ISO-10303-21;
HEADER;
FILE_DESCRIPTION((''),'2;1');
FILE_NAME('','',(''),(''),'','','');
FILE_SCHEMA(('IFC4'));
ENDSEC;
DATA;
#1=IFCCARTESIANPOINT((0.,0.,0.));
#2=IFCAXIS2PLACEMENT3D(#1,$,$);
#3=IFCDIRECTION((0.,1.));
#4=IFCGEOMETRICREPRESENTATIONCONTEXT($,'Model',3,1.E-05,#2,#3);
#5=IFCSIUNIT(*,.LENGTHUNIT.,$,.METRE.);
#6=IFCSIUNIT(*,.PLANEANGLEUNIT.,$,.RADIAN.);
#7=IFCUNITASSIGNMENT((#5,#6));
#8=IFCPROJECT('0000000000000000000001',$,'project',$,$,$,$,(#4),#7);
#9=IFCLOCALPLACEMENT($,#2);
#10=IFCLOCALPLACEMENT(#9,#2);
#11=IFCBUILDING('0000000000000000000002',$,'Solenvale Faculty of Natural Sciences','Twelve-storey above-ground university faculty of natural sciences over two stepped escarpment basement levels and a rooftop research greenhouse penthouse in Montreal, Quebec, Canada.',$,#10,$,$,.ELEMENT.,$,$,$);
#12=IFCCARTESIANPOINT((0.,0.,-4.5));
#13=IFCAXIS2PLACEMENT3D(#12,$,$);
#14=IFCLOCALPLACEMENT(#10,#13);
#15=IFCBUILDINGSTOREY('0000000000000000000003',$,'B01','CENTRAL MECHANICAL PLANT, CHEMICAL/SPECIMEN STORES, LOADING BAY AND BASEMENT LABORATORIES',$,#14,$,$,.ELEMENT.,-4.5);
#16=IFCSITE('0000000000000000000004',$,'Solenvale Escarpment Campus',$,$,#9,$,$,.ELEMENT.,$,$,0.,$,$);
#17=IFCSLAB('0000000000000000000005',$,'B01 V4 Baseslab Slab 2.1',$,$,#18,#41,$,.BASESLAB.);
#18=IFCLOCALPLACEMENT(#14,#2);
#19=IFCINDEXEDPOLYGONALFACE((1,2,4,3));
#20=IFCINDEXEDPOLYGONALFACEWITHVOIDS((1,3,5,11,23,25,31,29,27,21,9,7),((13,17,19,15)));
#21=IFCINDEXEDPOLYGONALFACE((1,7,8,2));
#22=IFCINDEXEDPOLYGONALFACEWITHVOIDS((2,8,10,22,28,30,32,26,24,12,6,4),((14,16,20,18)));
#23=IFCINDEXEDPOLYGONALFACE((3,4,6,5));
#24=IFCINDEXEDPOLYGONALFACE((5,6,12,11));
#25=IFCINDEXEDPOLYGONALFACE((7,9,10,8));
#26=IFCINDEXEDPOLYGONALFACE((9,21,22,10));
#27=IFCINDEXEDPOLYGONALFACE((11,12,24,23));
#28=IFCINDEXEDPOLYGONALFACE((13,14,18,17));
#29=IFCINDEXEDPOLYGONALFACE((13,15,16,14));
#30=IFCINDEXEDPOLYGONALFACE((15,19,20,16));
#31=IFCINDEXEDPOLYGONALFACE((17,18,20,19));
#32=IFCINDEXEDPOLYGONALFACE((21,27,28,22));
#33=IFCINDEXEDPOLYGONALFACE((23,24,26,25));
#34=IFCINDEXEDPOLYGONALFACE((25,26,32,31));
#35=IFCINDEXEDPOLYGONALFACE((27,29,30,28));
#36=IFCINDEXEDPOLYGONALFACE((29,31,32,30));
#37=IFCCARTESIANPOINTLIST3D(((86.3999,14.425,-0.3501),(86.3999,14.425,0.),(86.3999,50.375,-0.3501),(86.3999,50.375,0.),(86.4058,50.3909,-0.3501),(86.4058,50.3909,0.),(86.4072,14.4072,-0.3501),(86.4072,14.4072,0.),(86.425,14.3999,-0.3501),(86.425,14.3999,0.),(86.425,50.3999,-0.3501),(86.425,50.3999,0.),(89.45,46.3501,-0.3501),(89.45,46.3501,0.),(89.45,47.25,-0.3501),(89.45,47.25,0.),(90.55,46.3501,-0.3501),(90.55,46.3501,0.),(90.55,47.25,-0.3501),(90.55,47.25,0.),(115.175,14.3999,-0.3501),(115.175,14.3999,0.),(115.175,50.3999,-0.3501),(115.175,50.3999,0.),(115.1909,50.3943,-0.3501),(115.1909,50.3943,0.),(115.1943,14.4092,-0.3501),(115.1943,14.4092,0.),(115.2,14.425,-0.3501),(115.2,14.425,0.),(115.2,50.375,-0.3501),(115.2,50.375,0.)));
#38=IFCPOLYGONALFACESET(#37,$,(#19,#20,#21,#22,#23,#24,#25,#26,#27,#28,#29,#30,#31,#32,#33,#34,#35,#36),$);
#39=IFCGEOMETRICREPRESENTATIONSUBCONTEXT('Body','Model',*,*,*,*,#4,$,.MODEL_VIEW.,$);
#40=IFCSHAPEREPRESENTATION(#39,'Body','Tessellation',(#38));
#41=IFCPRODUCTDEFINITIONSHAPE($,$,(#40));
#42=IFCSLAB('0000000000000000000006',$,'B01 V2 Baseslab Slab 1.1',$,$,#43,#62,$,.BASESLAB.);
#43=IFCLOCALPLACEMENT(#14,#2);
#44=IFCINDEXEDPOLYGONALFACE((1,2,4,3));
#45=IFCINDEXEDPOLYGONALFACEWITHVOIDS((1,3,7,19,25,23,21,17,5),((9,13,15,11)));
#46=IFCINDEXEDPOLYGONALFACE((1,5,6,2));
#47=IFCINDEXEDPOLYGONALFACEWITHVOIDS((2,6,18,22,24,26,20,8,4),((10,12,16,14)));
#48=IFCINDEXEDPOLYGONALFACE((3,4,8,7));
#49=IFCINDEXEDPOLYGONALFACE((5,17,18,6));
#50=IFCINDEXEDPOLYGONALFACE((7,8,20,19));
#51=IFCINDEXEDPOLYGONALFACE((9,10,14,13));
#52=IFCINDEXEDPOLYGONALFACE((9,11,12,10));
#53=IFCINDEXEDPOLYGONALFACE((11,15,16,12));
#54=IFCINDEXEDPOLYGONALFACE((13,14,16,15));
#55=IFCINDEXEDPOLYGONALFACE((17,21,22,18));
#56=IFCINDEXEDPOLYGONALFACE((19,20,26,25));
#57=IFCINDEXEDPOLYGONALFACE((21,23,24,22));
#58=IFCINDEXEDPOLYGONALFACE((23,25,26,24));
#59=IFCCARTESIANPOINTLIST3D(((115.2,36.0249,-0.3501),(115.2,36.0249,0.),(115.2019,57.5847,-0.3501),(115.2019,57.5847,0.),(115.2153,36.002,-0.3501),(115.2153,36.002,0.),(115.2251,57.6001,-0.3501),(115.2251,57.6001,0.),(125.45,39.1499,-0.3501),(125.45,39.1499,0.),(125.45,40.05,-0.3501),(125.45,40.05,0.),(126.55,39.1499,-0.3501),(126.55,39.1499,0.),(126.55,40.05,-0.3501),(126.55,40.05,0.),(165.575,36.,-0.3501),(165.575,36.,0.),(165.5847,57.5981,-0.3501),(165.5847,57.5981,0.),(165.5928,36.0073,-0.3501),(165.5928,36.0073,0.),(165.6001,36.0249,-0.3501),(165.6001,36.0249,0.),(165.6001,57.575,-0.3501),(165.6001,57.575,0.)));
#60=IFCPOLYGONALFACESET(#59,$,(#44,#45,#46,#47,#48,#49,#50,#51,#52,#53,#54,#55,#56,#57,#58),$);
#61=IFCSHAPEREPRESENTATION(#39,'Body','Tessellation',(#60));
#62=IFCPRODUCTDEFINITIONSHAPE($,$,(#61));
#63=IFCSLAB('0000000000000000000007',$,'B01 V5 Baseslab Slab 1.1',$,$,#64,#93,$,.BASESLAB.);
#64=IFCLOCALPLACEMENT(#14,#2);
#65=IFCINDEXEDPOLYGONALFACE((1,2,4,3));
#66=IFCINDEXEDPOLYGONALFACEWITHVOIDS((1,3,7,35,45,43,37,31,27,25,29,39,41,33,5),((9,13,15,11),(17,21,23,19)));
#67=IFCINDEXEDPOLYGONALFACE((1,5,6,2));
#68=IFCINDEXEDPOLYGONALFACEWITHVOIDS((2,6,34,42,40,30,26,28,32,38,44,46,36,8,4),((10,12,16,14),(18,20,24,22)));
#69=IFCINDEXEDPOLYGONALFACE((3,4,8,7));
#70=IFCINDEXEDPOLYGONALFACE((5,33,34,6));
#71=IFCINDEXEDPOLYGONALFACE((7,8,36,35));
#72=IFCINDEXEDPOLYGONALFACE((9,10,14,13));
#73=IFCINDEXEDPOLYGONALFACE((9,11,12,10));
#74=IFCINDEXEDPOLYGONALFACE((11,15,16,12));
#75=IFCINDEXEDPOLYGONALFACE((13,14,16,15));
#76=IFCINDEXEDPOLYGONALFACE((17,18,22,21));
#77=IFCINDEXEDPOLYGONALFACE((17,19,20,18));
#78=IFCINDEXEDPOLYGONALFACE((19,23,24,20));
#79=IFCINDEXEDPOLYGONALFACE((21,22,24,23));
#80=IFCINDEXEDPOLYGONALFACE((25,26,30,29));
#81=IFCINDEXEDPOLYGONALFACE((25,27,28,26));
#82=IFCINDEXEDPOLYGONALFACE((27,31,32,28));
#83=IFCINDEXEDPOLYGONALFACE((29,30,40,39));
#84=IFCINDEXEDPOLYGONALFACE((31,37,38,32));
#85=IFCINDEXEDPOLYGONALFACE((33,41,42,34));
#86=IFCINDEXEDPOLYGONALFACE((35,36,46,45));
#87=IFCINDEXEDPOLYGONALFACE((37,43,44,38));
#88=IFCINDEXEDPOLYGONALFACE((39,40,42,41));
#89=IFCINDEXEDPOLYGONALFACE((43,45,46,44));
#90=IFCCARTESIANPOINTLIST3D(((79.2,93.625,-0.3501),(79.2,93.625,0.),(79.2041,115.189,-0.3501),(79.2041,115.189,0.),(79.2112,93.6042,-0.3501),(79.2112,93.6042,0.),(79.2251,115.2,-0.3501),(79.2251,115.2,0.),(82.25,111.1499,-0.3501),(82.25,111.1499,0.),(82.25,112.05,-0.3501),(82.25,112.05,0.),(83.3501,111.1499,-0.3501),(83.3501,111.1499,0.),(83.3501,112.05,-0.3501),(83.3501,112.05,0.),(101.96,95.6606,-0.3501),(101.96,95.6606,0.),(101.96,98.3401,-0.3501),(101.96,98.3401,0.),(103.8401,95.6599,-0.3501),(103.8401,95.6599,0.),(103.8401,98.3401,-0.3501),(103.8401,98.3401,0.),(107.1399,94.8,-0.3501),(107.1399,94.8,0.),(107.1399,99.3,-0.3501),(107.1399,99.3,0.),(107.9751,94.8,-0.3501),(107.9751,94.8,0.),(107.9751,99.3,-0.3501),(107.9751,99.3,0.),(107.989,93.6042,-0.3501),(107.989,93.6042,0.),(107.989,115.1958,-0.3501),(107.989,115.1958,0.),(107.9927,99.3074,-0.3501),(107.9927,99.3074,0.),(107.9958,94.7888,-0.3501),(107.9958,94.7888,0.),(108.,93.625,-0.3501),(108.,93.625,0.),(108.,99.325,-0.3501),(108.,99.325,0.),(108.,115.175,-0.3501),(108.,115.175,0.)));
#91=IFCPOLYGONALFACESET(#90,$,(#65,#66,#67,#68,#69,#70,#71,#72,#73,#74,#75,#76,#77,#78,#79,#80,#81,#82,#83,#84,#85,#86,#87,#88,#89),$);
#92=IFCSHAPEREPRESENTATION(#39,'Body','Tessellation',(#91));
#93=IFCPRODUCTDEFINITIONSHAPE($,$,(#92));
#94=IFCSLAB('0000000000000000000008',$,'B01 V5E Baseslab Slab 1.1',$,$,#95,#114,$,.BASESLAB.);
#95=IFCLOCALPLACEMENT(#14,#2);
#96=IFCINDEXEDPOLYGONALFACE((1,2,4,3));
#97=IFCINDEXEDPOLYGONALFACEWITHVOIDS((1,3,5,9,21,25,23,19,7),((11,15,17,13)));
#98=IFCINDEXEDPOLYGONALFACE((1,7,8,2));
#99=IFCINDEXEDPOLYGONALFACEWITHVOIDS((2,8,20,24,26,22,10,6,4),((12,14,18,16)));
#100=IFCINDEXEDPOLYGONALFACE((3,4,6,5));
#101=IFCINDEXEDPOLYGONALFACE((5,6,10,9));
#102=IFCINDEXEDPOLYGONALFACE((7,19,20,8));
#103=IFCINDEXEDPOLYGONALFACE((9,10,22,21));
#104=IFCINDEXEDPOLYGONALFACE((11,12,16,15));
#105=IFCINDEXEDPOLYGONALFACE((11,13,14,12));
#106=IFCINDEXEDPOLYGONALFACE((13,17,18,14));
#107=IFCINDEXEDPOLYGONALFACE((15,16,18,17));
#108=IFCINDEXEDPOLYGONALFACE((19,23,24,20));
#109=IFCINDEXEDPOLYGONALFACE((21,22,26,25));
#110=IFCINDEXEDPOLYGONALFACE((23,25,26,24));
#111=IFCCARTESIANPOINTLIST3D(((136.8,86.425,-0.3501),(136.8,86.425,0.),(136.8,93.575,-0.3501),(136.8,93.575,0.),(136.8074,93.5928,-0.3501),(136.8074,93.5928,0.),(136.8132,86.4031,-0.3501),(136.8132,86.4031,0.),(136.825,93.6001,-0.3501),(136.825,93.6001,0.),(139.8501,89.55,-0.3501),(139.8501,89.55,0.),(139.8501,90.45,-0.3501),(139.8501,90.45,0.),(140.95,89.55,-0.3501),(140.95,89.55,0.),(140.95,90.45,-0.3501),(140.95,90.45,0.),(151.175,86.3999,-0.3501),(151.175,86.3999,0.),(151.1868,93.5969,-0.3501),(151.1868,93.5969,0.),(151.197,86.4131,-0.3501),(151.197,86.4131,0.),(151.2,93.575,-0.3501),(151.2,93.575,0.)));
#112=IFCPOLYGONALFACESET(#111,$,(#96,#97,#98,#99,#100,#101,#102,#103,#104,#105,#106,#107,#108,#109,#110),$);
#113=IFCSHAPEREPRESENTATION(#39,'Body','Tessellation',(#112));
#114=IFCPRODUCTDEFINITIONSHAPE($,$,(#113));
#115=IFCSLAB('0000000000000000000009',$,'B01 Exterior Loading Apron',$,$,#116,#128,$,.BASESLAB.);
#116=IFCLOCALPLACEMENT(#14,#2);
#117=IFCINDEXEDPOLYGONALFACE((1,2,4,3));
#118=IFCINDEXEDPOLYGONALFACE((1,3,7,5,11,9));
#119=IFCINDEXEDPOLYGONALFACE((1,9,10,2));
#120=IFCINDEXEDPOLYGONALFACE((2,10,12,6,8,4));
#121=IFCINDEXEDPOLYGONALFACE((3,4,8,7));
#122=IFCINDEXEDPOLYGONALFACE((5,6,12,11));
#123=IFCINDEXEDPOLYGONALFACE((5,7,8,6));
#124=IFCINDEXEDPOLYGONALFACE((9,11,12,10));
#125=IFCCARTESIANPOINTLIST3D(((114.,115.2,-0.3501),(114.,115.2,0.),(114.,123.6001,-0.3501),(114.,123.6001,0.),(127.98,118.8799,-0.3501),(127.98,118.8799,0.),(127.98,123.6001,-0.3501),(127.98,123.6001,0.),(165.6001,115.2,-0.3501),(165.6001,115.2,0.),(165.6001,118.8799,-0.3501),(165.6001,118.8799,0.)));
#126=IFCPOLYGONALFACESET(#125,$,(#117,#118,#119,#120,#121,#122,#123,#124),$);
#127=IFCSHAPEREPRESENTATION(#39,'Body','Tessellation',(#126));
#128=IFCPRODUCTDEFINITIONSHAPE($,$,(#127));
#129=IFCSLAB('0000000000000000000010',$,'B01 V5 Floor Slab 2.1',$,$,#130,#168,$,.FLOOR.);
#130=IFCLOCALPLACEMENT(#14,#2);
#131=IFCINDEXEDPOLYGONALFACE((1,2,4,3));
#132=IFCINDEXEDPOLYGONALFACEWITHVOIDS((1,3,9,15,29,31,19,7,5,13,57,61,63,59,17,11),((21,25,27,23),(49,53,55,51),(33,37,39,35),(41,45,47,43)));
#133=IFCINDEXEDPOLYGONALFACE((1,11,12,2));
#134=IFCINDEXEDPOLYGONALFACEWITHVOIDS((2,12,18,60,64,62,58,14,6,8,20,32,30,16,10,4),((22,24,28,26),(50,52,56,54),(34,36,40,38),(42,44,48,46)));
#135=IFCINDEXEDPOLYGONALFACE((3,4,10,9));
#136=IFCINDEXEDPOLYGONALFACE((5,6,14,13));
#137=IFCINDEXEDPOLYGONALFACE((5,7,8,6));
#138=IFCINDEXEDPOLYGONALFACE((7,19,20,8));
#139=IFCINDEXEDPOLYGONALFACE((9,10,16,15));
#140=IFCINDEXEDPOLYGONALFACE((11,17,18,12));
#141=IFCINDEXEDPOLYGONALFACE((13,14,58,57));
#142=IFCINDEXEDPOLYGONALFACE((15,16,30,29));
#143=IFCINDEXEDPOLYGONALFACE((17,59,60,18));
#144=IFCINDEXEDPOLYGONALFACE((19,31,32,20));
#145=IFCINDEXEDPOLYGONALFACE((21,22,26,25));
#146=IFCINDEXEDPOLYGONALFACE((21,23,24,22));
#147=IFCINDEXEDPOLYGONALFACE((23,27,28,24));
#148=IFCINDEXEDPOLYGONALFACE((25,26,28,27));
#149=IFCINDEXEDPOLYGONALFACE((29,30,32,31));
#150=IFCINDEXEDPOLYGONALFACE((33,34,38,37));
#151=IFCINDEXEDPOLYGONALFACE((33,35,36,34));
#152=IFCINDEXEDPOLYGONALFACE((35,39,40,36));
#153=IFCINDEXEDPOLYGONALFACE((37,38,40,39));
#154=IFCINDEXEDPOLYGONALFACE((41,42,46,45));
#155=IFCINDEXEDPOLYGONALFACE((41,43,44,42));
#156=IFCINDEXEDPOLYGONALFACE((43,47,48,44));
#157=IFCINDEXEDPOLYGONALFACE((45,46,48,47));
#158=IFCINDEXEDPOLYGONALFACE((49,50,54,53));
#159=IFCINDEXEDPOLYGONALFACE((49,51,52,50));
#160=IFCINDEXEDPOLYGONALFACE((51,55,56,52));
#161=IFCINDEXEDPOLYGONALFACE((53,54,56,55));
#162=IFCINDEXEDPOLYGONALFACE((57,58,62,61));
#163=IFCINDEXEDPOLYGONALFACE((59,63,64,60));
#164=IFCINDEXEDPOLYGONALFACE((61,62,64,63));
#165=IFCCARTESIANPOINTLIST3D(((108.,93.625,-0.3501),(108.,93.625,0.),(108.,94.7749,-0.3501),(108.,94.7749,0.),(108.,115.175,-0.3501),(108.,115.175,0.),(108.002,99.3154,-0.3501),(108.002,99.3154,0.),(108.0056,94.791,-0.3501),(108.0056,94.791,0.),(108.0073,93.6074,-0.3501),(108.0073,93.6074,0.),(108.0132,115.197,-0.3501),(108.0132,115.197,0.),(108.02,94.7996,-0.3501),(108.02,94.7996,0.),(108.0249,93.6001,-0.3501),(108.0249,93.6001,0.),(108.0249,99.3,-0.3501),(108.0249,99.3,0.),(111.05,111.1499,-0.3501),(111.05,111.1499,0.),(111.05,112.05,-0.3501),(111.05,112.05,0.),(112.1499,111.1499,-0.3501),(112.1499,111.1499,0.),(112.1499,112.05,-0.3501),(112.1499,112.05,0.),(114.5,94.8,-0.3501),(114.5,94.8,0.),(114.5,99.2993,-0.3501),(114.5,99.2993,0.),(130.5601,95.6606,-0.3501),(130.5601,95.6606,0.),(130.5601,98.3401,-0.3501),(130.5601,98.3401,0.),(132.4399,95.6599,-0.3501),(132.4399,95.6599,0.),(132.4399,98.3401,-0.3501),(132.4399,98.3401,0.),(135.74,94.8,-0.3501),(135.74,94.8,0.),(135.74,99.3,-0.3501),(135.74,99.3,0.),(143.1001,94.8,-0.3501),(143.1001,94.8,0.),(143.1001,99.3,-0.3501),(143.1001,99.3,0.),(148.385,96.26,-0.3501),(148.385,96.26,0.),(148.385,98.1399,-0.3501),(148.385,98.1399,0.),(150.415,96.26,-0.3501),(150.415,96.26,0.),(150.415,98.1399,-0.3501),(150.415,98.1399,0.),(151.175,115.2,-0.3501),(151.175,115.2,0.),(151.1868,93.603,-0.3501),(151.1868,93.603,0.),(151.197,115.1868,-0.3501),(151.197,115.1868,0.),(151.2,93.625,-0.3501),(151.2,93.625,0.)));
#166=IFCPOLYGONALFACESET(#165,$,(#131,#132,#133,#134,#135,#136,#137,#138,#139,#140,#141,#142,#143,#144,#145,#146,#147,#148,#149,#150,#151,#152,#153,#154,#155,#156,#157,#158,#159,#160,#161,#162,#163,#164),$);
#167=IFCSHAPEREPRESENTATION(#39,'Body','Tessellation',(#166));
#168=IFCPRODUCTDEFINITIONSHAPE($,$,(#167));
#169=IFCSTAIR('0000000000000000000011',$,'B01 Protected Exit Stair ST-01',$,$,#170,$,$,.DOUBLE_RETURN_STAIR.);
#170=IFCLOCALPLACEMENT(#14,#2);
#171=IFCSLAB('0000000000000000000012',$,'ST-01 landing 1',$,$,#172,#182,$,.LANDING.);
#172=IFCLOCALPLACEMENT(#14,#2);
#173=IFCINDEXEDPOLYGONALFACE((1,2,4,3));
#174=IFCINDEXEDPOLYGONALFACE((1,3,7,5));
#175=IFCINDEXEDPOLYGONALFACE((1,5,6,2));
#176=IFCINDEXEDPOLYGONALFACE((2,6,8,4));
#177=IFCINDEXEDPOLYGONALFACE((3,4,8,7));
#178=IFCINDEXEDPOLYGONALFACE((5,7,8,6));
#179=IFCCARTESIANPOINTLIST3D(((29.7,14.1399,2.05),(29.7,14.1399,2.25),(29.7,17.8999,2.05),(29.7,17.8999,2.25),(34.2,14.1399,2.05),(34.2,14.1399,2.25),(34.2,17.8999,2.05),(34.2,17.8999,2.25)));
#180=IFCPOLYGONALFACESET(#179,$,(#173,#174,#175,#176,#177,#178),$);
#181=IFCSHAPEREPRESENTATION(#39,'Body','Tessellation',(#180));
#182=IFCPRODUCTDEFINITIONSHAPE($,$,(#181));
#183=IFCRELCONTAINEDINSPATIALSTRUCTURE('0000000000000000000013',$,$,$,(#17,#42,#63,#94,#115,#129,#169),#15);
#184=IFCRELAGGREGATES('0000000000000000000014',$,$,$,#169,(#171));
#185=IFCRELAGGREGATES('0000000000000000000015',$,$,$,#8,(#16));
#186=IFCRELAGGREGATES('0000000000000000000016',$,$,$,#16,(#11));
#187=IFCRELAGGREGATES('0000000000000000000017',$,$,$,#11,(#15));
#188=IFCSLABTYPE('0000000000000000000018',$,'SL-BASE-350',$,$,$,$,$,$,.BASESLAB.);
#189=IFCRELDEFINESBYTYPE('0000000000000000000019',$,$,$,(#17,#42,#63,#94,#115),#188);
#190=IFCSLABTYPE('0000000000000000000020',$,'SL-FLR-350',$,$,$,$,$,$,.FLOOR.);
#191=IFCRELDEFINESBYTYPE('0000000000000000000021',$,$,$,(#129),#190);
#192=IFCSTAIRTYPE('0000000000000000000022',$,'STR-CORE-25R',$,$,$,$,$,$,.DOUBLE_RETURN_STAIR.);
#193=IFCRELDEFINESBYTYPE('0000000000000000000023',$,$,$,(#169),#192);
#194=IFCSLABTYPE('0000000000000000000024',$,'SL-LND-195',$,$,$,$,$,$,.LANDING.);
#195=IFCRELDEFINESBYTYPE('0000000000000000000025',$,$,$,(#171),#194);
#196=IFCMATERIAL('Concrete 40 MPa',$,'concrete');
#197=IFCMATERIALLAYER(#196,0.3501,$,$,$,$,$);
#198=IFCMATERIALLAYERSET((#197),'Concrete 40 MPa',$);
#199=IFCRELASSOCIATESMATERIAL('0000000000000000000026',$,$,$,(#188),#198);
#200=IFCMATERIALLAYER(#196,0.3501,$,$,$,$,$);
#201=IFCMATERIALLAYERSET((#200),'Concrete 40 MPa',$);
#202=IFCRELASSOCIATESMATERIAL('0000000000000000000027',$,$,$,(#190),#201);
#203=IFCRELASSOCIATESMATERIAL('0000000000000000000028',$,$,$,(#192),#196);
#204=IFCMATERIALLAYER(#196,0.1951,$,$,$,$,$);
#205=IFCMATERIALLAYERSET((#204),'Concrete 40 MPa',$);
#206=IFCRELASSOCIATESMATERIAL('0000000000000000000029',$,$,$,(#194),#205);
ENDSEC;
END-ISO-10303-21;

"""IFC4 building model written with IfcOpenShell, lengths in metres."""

from ifc_helpers import new_model, si_unit, direction, frame, origin, place, context, subcontext, project, spatial, polyline, outline, extrude, material, layer, layer_set, type_object, element, aggregate, save


model = new_model("IFC4")

# Units and contexts
model_context = context("Model", 3, precision=1e-05, world=origin(), true_north=direction((0.0, 1.0)))
body_context = subcontext(model_context, "Body", "Model", "MODEL_VIEW")
ifc_project = project(units=[si_unit("LENGTHUNIT", "METRE"), si_unit("PLANEANGLEUNIT", "RADIAN")], contexts=[model_context])

# Site, building, storey
site_placement = place(None, origin())
site = spatial("IfcSite", under=ifc_project, at=site_placement, Name="Solenvale Escarpment Campus", CompositionType="ELEMENT", RefElevation=0.0)
building_placement = place(site_placement, origin())
building = spatial("IfcBuilding", under=site, at=building_placement, Name="Solenvale Faculty of Natural Sciences", Description="Twelve-storey above-ground university faculty of natural sciences over two stepped escarpment basement levels and a rooftop research greenhouse penthouse in Montreal, Quebec, Canada.", CompositionType="ELEMENT")
storey_placement = place(building_placement, frame((0.0, 0.0, -4.5)))
storey = spatial("IfcBuildingStorey", under=building, at=storey_placement, Name="B01", Description="CENTRAL MECHANICAL PLANT, CHEMICAL/SPECIMEN STORES, LOADING BAY AND BASEMENT LABORATORIES", CompositionType="ELEMENT", Elevation=-4.5)

# Shared definitions
ifc_material_1 = material(Name="Concrete 40 MPa", Category="concrete")

# Slabs
ifc_layer_1 = layer(ifc_material_1, 0.3501)
ifc_layer_set_1 = layer_set([ifc_layer_1], Name="Concrete 40 MPa")
slab_type_1 = type_object("IfcSlabType", Name="SL-BASE-350", PredefinedType="BASESLAB", material=ifc_layer_set_1)
slab_1_placement = place(storey_placement, frame((0.0, 0.0, -0.3501)))
element("IfcSlab", 1, at=slab_1_placement, inside=storey, type_object=slab_type_1, Name="B01 V4 Baseslab Slab 2.1", PredefinedType="BASESLAB", context=body_context, shape_type="SweptSolid", body=[
    extrude(outline(polyline([(86.425, 14.3999), (86.4072, 14.4072), (86.3999, 14.425), (86.3999, 50.375), (86.4058, 50.3909), (86.425, 50.3999), (115.175, 50.3999), (115.1909, 50.3943), (115.2, 50.375), (115.2, 14.425), (115.1943, 14.4092), (115.175, 14.3999), (86.425, 14.3999)]), holes=[polyline([(89.45, 46.3501), (90.55, 46.3501), (90.55, 47.25), (89.45, 47.25), (89.45, 46.3501)])]), origin(), (0.0, 0.0, 1.0), 0.3501),
])
slab_2_placement = place(storey_placement, frame((0.0, 0.0, -0.3501)))
element("IfcSlab", 2, at=slab_2_placement, inside=storey, type_object=slab_type_1, Name="B01 V2 Baseslab Slab 1.1", PredefinedType="BASESLAB", context=body_context, shape_type="SweptSolid", body=[
    extrude(outline(polyline([(165.6001, 36.0249), (165.5928, 36.0073), (165.575, 36.0), (115.2153, 36.002), (115.2, 36.0249), (115.2019, 57.5847), (115.2251, 57.6001), (165.5847, 57.5981), (165.6001, 57.575), (165.6001, 36.0249)]), holes=[polyline([(125.45, 39.1499), (126.55, 39.1499), (126.55, 40.05), (125.45, 40.05), (125.45, 39.1499)])]), origin(), (0.0, 0.0, 1.0), 0.3501),
])
slab_3_placement = place(storey_placement, frame((0.0, 0.0, -0.3501)))
element("IfcSlab", 3, at=slab_3_placement, inside=storey, type_object=slab_type_1, Name="B01 V5 Baseslab Slab 1.1", PredefinedType="BASESLAB", context=body_context, shape_type="SweptSolid", body=[
    extrude(outline(polyline([(107.1399, 94.8), (107.9751, 94.8), (107.9958, 94.7888), (108.0, 93.625), (107.989, 93.6042), (79.2112, 93.6042), (79.2, 93.625), (79.2041, 115.189), (79.2251, 115.2), (107.989, 115.1958), (108.0, 115.175), (108.0, 99.325), (107.9927, 99.3074), (107.9751, 99.3), (107.1399, 99.3), (107.1399, 94.8)]), holes=[polyline([(101.96, 95.6606), (103.8401, 95.6599), (103.8401, 98.3401), (101.96, 98.3401), (101.96, 95.6606)]), polyline([(82.25, 111.1499), (83.3501, 111.1499), (83.3501, 112.05), (82.25, 112.05), (82.25, 111.1499)])]), origin(), (0.0, 0.0, 1.0), 0.3501),
])
slab_4_placement = place(storey_placement, frame((0.0, 0.0, -0.3501)))
element("IfcSlab", 4, at=slab_4_placement, inside=storey, type_object=slab_type_1, Name="B01 V5E Baseslab Slab 1.1", PredefinedType="BASESLAB", context=body_context, shape_type="SweptSolid", body=[
    extrude(outline(polyline([(136.8, 93.575), (136.8074, 93.5928), (136.825, 93.6001), (151.1868, 93.5969), (151.2, 93.575), (151.197, 86.4131), (151.175, 86.3999), (136.8132, 86.4031), (136.8, 86.425), (136.8, 93.575)]), holes=[polyline([(139.8501, 89.55), (140.95, 89.55), (140.95, 90.45), (139.8501, 90.45), (139.8501, 89.55)])]), origin(), (0.0, 0.0, 1.0), 0.3501),
])
slab_5_placement = place(storey_placement, frame((0.0, 0.0, -0.3501)))
element("IfcSlab", 5, at=slab_5_placement, inside=storey, type_object=slab_type_1, Name="B01 Exterior Loading Apron", PredefinedType="BASESLAB", context=body_context, shape_type="SweptSolid", body=[
    extrude(outline(polyline([(114.0, 115.2), (165.6001, 115.2), (165.6001, 118.8799), (127.98, 118.8799), (127.98, 123.6001), (114.0, 123.6001), (114.0, 115.2)])), origin(), (0.0, 0.0, 1.0), 0.3501),
])
ifc_layer_2 = layer(ifc_material_1, 0.3501)
ifc_layer_set_2 = layer_set([ifc_layer_2], Name="Concrete 40 MPa")
slab_type_2 = type_object("IfcSlabType", Name="SL-FLR-350", PredefinedType="FLOOR", material=ifc_layer_set_2)
slab_6_placement = place(storey_placement, frame((0.0, 0.0, -0.3501)))
element("IfcSlab", 6, at=slab_6_placement, inside=storey, type_object=slab_type_2, Name="B01 V5 Floor Slab 2.1", PredefinedType="FLOOR", context=body_context, shape_type="SweptSolid", body=[
    extrude(outline(polyline([(108.0249, 93.6001), (108.0073, 93.6074), (108.0, 93.625), (108.0, 94.7749), (108.0056, 94.791), (108.02, 94.7996), (114.5, 94.8), (114.5, 99.2993), (108.0249, 99.3), (108.002, 99.3154), (108.0, 115.175), (108.0132, 115.197), (151.175, 115.2), (151.197, 115.1868), (151.2, 93.625), (151.1868, 93.603), (108.0249, 93.6001)]), holes=[polyline([(148.385, 96.26), (150.415, 96.26), (150.415, 98.1399), (148.385, 98.1399), (148.385, 96.26)]), polyline([(135.74, 94.8), (143.1001, 94.8), (143.1001, 99.3), (135.74, 99.3), (135.74, 94.8)]), polyline([(130.5601, 95.6606), (132.4399, 95.6599), (132.4399, 98.3401), (130.5601, 98.3401), (130.5601, 95.6606)]), polyline([(111.05, 111.1499), (112.1499, 111.1499), (112.1499, 112.05), (111.05, 112.05), (111.05, 111.1499)])]), origin(), (0.0, 0.0, 1.0), 0.3501),
])

# Stair, slab
stair_type = type_object("IfcStairType", Name="STR-CORE-25R", PredefinedType="DOUBLE_RETURN_STAIR", material=ifc_material_1)
stair_1_placement = place(storey_placement, origin())
stair_1 = element("IfcStair", 7, at=stair_1_placement, inside=storey, type_object=stair_type, Name="B01 Protected Exit Stair ST-01", PredefinedType="DOUBLE_RETURN_STAIR")
ifc_layer_3 = layer(ifc_material_1, 0.1951)
ifc_layer_set_3 = layer_set([ifc_layer_3], Name="Concrete 40 MPa")
slab_type_3 = type_object("IfcSlabType", Name="SL-LND-195", PredefinedType="LANDING", material=ifc_layer_set_3)
slab_7_placement = place(storey_placement, frame((0.0, 0.0, 2.05)))
slab_7 = element("IfcSlab", 8, at=slab_7_placement, type_object=slab_type_3, Name="ST-01 landing 1", PredefinedType="LANDING", context=body_context, shape_type="SweptSolid", body=[
    extrude(outline(polyline([(34.2, 14.1399), (34.2, 17.8999), (29.7, 17.8999), (29.7, 14.1399), (34.2, 14.1399)])), origin(), (0.0, 0.0, 1.0), 0.2),
])
aggregate(stair_1, [slab_7])

save(model, "model.ifc")
